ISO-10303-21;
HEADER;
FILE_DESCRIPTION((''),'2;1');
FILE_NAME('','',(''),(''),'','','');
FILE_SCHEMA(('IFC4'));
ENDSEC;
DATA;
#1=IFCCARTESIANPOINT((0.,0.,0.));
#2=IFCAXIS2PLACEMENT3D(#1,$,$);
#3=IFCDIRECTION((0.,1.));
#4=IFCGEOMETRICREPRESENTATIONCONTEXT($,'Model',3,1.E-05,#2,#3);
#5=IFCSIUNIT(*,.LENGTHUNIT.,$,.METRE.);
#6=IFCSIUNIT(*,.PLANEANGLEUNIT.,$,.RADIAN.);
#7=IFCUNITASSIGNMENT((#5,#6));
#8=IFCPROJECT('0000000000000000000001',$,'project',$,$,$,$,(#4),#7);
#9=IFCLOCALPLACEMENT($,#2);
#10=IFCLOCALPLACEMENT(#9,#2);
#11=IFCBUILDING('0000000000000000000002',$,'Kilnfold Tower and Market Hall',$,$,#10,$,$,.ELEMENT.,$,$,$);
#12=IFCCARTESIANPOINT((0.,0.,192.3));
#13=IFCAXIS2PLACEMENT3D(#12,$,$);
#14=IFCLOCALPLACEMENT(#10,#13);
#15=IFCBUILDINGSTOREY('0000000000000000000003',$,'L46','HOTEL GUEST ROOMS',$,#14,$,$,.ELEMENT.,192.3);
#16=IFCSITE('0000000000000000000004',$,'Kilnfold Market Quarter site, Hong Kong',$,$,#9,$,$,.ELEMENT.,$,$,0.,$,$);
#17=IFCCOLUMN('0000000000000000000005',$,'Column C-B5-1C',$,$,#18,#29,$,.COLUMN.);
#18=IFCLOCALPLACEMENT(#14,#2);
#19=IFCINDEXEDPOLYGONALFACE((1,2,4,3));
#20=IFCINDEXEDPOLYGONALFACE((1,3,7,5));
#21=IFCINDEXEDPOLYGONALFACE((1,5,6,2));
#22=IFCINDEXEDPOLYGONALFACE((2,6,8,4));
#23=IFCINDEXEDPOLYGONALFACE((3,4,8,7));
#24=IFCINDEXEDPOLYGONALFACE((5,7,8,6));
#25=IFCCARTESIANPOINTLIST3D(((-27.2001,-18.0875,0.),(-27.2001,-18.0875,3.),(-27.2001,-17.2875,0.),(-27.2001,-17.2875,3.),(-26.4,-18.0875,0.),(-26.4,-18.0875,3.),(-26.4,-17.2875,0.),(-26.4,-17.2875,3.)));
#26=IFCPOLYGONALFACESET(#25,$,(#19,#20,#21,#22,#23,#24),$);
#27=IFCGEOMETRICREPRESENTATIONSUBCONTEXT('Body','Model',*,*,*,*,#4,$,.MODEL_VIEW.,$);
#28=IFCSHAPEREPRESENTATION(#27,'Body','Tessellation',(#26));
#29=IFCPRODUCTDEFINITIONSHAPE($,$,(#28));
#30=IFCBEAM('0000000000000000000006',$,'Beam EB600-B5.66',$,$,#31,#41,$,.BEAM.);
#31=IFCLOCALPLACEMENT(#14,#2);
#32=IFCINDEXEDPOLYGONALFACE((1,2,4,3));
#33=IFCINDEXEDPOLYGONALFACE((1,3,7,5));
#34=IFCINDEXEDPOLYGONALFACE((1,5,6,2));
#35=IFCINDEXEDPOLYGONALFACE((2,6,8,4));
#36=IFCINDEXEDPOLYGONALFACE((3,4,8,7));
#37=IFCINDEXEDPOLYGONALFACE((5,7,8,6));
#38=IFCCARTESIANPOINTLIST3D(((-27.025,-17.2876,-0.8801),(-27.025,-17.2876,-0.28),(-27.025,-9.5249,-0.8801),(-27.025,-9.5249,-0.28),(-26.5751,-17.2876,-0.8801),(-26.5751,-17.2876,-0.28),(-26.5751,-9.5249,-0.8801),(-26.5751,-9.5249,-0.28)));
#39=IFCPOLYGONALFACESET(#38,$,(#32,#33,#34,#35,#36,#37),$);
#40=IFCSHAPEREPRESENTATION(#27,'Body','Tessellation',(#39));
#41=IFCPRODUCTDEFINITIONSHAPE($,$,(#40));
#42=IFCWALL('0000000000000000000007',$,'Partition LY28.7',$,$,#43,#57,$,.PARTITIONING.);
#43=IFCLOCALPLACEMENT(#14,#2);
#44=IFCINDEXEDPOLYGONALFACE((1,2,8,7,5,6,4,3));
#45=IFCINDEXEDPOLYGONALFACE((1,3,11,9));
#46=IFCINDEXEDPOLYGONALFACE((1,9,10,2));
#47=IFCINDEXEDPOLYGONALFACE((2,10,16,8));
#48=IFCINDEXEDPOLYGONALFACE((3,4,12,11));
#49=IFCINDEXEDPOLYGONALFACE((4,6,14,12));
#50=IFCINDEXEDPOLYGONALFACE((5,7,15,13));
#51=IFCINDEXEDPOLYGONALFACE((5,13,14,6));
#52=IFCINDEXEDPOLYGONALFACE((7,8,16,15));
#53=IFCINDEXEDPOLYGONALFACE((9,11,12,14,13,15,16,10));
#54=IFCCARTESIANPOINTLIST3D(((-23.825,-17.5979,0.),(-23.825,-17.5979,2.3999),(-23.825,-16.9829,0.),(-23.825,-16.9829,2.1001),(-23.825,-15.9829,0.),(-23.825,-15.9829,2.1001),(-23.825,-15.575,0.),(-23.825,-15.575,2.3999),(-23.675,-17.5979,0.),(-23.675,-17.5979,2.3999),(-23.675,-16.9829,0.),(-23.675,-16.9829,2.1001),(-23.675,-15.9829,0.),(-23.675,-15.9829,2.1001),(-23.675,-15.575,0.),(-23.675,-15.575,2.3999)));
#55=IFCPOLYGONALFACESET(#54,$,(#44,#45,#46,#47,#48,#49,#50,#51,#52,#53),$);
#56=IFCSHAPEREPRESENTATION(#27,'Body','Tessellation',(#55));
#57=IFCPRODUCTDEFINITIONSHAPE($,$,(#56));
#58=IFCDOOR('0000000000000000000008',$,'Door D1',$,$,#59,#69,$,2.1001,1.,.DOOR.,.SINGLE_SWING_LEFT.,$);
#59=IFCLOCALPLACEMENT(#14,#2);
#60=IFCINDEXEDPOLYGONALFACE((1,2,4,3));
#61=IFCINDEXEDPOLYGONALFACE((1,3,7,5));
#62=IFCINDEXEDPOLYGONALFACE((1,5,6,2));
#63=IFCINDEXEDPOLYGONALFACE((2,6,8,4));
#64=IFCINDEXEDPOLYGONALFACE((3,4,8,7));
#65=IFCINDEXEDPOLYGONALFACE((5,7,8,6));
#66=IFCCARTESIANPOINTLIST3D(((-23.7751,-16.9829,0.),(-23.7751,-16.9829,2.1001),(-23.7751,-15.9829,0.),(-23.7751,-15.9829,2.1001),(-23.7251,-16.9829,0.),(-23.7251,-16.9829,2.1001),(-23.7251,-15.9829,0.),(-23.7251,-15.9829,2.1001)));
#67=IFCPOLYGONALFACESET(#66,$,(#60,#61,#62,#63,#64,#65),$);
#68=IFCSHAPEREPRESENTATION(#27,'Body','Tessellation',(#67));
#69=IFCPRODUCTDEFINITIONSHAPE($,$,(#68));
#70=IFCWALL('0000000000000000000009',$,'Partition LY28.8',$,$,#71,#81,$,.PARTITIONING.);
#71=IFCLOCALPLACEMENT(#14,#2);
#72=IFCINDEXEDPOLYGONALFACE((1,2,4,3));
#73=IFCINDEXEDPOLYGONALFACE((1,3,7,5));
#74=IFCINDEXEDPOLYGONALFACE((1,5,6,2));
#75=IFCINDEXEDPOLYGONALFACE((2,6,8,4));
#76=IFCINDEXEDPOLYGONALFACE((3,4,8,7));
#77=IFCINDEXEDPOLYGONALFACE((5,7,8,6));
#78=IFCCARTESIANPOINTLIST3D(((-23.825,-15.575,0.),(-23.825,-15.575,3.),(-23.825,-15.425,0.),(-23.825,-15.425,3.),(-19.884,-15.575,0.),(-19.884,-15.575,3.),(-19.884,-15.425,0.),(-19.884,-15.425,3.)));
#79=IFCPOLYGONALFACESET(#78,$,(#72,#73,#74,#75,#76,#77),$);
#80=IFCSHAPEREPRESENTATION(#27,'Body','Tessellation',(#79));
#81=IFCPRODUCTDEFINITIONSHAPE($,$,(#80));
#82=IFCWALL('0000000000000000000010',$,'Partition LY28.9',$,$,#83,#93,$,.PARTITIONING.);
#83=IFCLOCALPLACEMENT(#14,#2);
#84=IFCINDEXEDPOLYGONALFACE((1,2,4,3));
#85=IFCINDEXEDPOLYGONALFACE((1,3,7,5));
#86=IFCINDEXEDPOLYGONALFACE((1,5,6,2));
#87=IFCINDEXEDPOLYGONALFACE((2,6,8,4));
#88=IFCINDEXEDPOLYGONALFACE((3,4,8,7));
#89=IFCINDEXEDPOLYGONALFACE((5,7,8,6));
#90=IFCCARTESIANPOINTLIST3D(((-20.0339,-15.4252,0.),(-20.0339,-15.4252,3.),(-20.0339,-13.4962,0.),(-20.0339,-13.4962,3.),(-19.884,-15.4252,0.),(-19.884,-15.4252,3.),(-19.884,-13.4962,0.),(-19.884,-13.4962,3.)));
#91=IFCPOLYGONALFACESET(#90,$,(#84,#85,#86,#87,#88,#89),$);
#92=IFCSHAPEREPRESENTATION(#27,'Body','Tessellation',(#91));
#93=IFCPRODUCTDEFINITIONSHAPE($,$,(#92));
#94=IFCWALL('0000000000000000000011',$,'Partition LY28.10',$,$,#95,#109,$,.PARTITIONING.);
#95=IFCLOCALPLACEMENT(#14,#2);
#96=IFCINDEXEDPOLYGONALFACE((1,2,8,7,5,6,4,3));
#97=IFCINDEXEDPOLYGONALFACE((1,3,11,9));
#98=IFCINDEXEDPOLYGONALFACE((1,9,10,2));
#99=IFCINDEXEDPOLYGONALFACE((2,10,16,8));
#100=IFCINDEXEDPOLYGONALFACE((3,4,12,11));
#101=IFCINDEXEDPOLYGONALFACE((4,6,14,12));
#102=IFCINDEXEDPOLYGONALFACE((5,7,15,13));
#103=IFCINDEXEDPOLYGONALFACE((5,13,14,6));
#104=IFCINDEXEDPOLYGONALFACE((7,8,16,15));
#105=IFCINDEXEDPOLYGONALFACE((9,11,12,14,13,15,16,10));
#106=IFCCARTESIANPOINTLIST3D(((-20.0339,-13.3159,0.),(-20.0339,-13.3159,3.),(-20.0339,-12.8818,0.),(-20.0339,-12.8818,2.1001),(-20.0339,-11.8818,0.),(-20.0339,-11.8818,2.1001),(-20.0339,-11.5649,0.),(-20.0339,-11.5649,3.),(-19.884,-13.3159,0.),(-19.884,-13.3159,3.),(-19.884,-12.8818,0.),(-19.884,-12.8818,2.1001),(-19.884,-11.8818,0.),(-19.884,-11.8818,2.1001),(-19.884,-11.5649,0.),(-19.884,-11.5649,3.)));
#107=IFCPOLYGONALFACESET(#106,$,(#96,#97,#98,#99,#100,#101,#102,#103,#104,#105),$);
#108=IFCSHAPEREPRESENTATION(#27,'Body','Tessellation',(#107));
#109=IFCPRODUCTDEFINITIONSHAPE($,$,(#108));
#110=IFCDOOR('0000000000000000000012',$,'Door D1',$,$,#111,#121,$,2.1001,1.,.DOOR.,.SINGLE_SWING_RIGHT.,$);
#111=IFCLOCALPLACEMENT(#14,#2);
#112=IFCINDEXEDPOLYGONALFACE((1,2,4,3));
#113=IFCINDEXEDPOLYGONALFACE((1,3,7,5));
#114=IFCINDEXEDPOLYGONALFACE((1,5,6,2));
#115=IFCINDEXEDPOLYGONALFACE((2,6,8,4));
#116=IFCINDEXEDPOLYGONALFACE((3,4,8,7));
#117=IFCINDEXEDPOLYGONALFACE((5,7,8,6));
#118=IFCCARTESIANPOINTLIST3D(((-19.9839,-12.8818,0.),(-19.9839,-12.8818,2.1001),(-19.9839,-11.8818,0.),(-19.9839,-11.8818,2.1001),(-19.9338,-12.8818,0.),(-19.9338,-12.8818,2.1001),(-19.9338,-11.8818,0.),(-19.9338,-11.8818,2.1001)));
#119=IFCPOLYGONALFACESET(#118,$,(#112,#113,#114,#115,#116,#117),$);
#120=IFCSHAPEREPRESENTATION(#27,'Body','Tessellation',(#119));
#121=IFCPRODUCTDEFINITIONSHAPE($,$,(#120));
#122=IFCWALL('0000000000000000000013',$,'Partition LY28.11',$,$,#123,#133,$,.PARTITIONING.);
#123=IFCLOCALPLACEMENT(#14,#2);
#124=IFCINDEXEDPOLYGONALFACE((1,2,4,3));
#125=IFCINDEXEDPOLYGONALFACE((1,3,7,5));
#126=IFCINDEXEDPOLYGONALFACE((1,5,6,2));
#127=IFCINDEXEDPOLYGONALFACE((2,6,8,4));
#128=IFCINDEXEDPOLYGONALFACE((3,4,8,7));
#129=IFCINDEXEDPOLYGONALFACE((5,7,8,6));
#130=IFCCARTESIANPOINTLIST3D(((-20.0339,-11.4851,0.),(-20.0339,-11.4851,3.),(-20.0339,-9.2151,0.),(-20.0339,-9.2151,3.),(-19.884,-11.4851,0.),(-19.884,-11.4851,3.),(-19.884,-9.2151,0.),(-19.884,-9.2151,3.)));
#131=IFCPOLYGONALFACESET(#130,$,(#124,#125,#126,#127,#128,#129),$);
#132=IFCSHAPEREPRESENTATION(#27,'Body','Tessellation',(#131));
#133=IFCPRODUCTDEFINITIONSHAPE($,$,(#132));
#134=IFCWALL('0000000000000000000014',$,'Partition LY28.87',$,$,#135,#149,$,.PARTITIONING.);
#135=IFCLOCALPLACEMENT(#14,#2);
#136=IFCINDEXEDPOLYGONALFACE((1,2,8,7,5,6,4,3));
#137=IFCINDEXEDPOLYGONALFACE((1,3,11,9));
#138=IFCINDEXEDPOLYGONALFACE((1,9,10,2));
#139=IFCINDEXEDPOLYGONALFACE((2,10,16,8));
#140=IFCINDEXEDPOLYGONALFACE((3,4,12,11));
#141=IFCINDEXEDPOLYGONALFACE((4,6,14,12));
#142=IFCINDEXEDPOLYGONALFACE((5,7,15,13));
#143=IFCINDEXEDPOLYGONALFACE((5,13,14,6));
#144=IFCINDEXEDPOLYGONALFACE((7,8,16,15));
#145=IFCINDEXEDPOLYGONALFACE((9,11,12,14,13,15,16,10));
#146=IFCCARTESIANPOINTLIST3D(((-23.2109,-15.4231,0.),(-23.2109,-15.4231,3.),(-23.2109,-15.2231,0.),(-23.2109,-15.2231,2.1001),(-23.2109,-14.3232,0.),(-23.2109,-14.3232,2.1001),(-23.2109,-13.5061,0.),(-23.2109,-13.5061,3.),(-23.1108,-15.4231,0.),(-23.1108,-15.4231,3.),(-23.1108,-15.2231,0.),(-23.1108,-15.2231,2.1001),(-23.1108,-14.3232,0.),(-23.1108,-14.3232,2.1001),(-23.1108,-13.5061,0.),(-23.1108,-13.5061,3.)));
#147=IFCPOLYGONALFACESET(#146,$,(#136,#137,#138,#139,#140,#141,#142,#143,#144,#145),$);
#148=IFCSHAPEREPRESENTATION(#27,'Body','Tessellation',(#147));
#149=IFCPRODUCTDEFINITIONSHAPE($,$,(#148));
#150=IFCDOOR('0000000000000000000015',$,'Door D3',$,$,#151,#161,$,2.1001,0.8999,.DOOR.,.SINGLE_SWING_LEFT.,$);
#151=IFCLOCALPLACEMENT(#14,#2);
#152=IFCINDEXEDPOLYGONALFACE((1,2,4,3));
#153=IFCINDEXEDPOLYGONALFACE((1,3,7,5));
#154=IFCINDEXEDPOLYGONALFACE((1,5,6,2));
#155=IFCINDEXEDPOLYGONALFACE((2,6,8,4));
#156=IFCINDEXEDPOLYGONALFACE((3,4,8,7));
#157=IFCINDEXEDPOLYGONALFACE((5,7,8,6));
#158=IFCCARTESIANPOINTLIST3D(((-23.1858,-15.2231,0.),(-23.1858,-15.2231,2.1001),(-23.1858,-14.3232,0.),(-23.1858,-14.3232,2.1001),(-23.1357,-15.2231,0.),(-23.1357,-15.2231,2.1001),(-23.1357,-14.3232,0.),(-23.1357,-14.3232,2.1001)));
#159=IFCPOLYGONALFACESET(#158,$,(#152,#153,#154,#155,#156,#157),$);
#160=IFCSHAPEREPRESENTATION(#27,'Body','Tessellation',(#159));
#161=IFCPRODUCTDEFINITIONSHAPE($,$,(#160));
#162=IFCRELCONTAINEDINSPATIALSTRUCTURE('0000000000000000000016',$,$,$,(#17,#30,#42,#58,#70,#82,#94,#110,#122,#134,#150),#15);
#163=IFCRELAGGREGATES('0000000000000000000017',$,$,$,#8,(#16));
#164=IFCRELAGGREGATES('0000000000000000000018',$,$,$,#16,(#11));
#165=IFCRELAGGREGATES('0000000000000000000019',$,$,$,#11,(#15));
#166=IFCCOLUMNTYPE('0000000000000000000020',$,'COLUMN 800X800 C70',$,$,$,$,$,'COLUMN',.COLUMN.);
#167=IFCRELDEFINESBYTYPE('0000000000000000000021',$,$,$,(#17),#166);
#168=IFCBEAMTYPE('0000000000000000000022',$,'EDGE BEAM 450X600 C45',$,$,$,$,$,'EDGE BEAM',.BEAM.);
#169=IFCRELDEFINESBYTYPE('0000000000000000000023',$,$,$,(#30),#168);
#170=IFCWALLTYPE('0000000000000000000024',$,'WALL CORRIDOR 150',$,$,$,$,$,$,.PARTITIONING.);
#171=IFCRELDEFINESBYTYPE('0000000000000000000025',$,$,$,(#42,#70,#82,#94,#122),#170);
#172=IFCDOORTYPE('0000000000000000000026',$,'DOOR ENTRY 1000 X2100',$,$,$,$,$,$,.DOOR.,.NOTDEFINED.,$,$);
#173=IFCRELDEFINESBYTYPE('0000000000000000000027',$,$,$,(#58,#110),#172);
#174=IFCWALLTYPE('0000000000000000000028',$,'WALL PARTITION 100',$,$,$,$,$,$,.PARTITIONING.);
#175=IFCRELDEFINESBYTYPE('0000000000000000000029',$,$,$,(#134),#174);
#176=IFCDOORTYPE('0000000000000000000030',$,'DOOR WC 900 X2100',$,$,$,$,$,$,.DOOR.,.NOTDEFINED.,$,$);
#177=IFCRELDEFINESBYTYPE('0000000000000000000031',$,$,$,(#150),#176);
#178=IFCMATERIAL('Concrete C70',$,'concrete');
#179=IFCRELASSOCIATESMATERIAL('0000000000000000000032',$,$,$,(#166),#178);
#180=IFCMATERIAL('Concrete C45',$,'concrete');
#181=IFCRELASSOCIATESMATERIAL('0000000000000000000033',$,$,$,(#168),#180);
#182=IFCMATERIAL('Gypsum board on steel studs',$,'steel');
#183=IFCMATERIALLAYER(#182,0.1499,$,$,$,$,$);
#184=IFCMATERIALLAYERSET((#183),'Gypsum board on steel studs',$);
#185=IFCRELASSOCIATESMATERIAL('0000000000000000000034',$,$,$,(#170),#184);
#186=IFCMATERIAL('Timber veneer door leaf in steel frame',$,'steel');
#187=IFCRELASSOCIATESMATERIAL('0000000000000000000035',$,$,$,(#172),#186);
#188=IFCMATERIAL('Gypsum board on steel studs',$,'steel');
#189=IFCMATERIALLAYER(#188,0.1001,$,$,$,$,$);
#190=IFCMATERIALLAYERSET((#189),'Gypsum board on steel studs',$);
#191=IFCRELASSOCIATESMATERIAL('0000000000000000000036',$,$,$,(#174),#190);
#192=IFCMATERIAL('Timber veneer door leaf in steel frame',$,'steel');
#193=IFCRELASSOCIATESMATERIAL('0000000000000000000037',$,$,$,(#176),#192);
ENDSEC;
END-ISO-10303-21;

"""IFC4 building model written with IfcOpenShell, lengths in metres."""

from ifc_helpers import new_model, si_unit, direction, frame, frame_2d, origin, origin_2d, place, context, subcontext, project, spatial, rectangle, extrude, source, transform, mapped, material, layer, layer_set, material_profile, profile_set, type_object, element, fill, save


model = new_model("IFC4")

# Units and contexts
model_context = context("Model", 3, precision=1e-05, world=origin(), true_north=direction((0.0, 1.0)))
body_context = subcontext(model_context, "Body", "Model", "MODEL_VIEW")
ifc_project = project(units=[si_unit("LENGTHUNIT", "METRE"), si_unit("PLANEANGLEUNIT", "RADIAN")], contexts=[model_context])

# Site, building, storey
site_placement = place(None, origin())
site = spatial("IfcSite", under=ifc_project, at=site_placement, Name="Kilnfold Market Quarter site, Hong Kong", CompositionType="ELEMENT", RefElevation=0.0)
building_placement = place(site_placement, origin())
building = spatial("IfcBuilding", under=site, at=building_placement, Name="Kilnfold Tower and Market Hall", CompositionType="ELEMENT")
storey_placement = place(building_placement, frame((0.0, 0.0, 192.3)))
storey = spatial("IfcBuildingStorey", under=building, at=storey_placement, Name="L46", Description="HOTEL GUEST ROOMS", CompositionType="ELEMENT", Elevation=192.3)

# Column
ifc_material_1 = material(Name="Concrete C70", Category="concrete")
ifc_material_profile_1 = material_profile(ifc_material_1, rectangle(XDim=0.8, YDim=0.8, at=origin_2d()), Name="RC 800x800")
ifc_profile_set_1 = profile_set([ifc_material_profile_1], Name="Concrete C70")
column_type = type_object("IfcColumnType", Name="COLUMN 800X800 C70", ElementType="COLUMN", PredefinedType="COLUMN", material=ifc_profile_set_1)
shared_shape_1 = source(origin(), body_context, "Body", "SweptSolid", [
    extrude(rectangle(XDim=0.8, YDim=0.8, at=origin_2d()), origin(), (0.0, 0.0, 1.0), 3.0),
])
column_placement = place(storey_placement, frame((-26.8, -17.6875, 0.0), z_axis=(0.0, 0.0, 1.0), x_axis=(1.0, 0.0, 0.0)))
element("IfcColumn", 1, at=column_placement, inside=storey, type_object=column_type, Name="Column C-B5-1C", PredefinedType="COLUMN", context=body_context, shape_type="MappedRepresentation", body=[
    mapped(shared_shape_1, transform((0.0, 0.0, 0.0))),
])

# Beam
ifc_material_2 = material(Name="Concrete C45", Category="concrete")
ifc_material_profile_2 = material_profile(ifc_material_2, rectangle(XDim=0.45, YDim=0.6001, at=origin_2d()), Name="RC 450x600")
ifc_profile_set_2 = profile_set([ifc_material_profile_2], Name="Concrete C45")
beam_type = type_object("IfcBeamType", Name="EDGE BEAM 450X600 C45", ElementType="EDGE BEAM", PredefinedType="BEAM", material=ifc_profile_set_2)
shared_shape_2 = source(origin(), body_context, "Body", "SweptSolid", [
    extrude(rectangle(XDim=0.45, YDim=0.6001, at=origin_2d()), origin(), (0.0, 0.0, 1.0), 7.7627),
])
beam_placement = place(storey_placement, frame((-26.8, -17.2876, -0.5801), z_axis=(0.0, 1.0, 0.0), x_axis=(-1.0, 0.0, 0.0)))
element("IfcBeam", 2, at=beam_placement, inside=storey, type_object=beam_type, Name="Beam EB600-B5.66", PredefinedType="BEAM", context=body_context, shape_type="MappedRepresentation", body=[
    mapped(shared_shape_2, transform((0.0, 0.0, 0.0))),
])

# Wall, opening, door
ifc_material_3 = material(Name="Gypsum board on steel studs", Category="steel")
ifc_layer_1 = layer(ifc_material_3, 0.1499)
ifc_layer_set_1 = layer_set([ifc_layer_1], Name="Gypsum board on steel studs")
wall_type_1 = type_object("IfcWallType", Name="WALL CORRIDOR 150", PredefinedType="PARTITIONING", material=ifc_layer_set_1)
wall_1_placement = place(storey_placement, frame((-23.75, -15.575, 0.0), z_axis=(0.0, 0.0, 1.0), x_axis=(0.0, -1.0, 0.0)))
wall_1 = element("IfcWall", 3, at=wall_1_placement, inside=storey, type_object=wall_type_1, Name="Partition LY28.7", PredefinedType="PARTITIONING", context=body_context, shape_type="SweptSolid", body=[
    extrude(rectangle(XDim=2.0229, YDim=0.1499, at=frame_2d((1.0115, 0.0))), origin(), (0.0, 0.0, 1.0), 2.3999),
])
opening_1_placement = place(wall_1_placement, frame((0.408, 0.0, 0.0)))
opening_1 = element("IfcOpeningElement", 4, at=opening_1_placement, cuts=wall_1, PredefinedType="OPENING", context=body_context, shape_type="SweptSolid", body=[
    extrude(rectangle(XDim=1.0, YDim=2.1001, at=frame_2d((0.5, 1.05))), frame((0.0, 0.085, 0.0), z_axis=(0.0, -1.0, 0.0), x_axis=(1.0, 0.0, 0.0)), (0.0, 0.0, 1.0), 0.1699),
])
ifc_material_4 = material(Name="Timber veneer door leaf in steel frame", Category="steel")
door_type_1 = type_object("IfcDoorType", Name="DOOR ENTRY 1000 X2100", OperationType="NOTDEFINED", PredefinedType="DOOR", material=ifc_material_4)
door_1_placement = place(opening_1_placement, origin())
door_1 = element("IfcDoor", 5, at=door_1_placement, inside=storey, type_object=door_type_1, Name="Door D1", OperationType="SINGLE_SWING_LEFT", OverallHeight=2.1001, OverallWidth=1.0, PredefinedType="DOOR", context=body_context, shape_type="SweptSolid", body=[
    extrude(rectangle(XDim=1.0, YDim=2.1001, at=frame_2d((0.5, 1.05))), frame((0.0, 0.0249, 0.0), z_axis=(0.0, -1.0, 0.0), x_axis=(1.0, 0.0, 0.0)), (0.0, 0.0, 1.0), 0.05),
])
fill(opening_1, door_1)

# Walls
wall_2_placement = place(storey_placement, frame((-23.825, -15.5, 0.0), z_axis=(0.0, 0.0, 1.0), x_axis=(1.0, 0.0, 0.0)))
element("IfcWall", 6, at=wall_2_placement, inside=storey, type_object=wall_type_1, Name="Partition LY28.8", PredefinedType="PARTITIONING", context=body_context, shape_type="SweptSolid", body=[
    extrude(rectangle(XDim=3.9409, YDim=0.1499, at=frame_2d((1.9705, 0.0))), origin(), (0.0, 0.0, 1.0), 3.0),
])
wall_3_placement = place(storey_placement, frame((-19.959, -15.425, 0.0), z_axis=(0.0, 0.0, 1.0), x_axis=(0.0, 1.0, 0.0)))
element("IfcWall", 7, at=wall_3_placement, inside=storey, type_object=wall_type_1, Name="Partition LY28.9", PredefinedType="PARTITIONING", context=body_context, shape_type="SweptSolid", body=[
    extrude(rectangle(XDim=1.929, YDim=0.1499, at=frame_2d((0.9644, 0.0))), origin(), (0.0, 0.0, 1.0), 3.0),
])

# Wall, opening, door
wall_4_placement = place(storey_placement, frame((-19.959, -13.3159, 0.0), z_axis=(0.0, 0.0, 1.0), x_axis=(0.0, 1.0, 0.0)))
wall_4 = element("IfcWall", 8, at=wall_4_placement, inside=storey, type_object=wall_type_1, Name="Partition LY28.10", PredefinedType="PARTITIONING", context=body_context, shape_type="SweptSolid", body=[
    extrude(rectangle(XDim=1.751, YDim=0.1499, at=frame_2d((0.8755, 0.0))), origin(), (0.0, 0.0, 1.0), 3.0),
])
opening_2_placement = place(wall_4_placement, frame((0.4341, 0.0, 0.0)))
opening_2 = element("IfcOpeningElement", 9, at=opening_2_placement, cuts=wall_4, PredefinedType="OPENING", context=body_context, shape_type="SweptSolid", body=[
    extrude(rectangle(XDim=1.0, YDim=2.1001, at=frame_2d((0.5, 1.05))), frame((0.0, 0.085, 0.0), z_axis=(0.0, -1.0, 0.0), x_axis=(1.0, 0.0, 0.0)), (0.0, 0.0, 1.0), 0.1699),
])
door_2_placement = place(opening_2_placement, origin())
door_2 = element("IfcDoor", 10, at=door_2_placement, inside=storey, type_object=door_type_1, Name="Door D1", OperationType="SINGLE_SWING_RIGHT", OverallHeight=2.1001, OverallWidth=1.0, PredefinedType="DOOR", context=body_context, shape_type="SweptSolid", body=[
    extrude(rectangle(XDim=1.0, YDim=2.1001, at=frame_2d((0.5, 1.05))), frame((0.0, 0.0249, 0.0), z_axis=(0.0, -1.0, 0.0), x_axis=(1.0, 0.0, 0.0)), (0.0, 0.0, 1.0), 0.05),
])
fill(opening_2, door_2)

# Wall
wall_5_placement = place(storey_placement, frame((-19.959, -11.4851, 0.0), z_axis=(0.0, 0.0, 1.0), x_axis=(0.0, 1.0, 0.0)))
element("IfcWall", 11, at=wall_5_placement, inside=storey, type_object=wall_type_1, Name="Partition LY28.11", PredefinedType="PARTITIONING", context=body_context, shape_type="SweptSolid", body=[
    extrude(rectangle(XDim=2.27, YDim=0.1499, at=frame_2d((1.135, 0.0))), origin(), (0.0, 0.0, 1.0), 3.0),
])

# Wall, opening, door
ifc_material_5 = material(Name="Gypsum board on steel studs", Category="steel")
ifc_layer_2 = layer(ifc_material_5, 0.1001)
ifc_layer_set_2 = layer_set([ifc_layer_2], Name="Gypsum board on steel studs")
wall_type_2 = type_object("IfcWallType", Name="WALL PARTITION 100", PredefinedType="PARTITIONING", material=ifc_layer_set_2)
wall_6_placement = place(storey_placement, frame((-23.1609, -15.4231, 0.0), z_axis=(0.0, 0.0, 1.0), x_axis=(0.0, 1.0, 0.0)))
wall_6 = element("IfcWall", 12, at=wall_6_placement, inside=storey, type_object=wall_type_2, Name="Partition LY28.87", PredefinedType="PARTITIONING", context=body_context, shape_type="SweptSolid", body=[
    extrude(rectangle(XDim=1.917, YDim=0.1001, at=frame_2d((0.9585, 0.0))), origin(), (0.0, 0.0, 1.0), 3.0),
])
opening_3_placement = place(wall_6_placement, frame((0.2, 0.0, 0.0)))
opening_3 = element("IfcOpeningElement", 13, at=opening_3_placement, cuts=wall_6, PredefinedType="OPENING", context=body_context, shape_type="SweptSolid", body=[
    extrude(rectangle(XDim=0.8999, YDim=2.1001, at=frame_2d((0.45, 1.05))), frame((0.0, 0.0601, 0.0), z_axis=(0.0, -1.0, 0.0), x_axis=(1.0, 0.0, 0.0)), (0.0, 0.0, 1.0), 0.1201),
])
ifc_material_6 = material(Name="Timber veneer door leaf in steel frame", Category="steel")
door_type_2 = type_object("IfcDoorType", Name="DOOR WC 900 X2100", OperationType="NOTDEFINED", PredefinedType="DOOR", material=ifc_material_6)
door_3_placement = place(opening_3_placement, origin())
door_3 = element("IfcDoor", 14, at=door_3_placement, inside=storey, type_object=door_type_2, Name="Door D3", OperationType="SINGLE_SWING_LEFT", OverallHeight=2.1001, OverallWidth=0.8999, PredefinedType="DOOR", context=body_context, shape_type="SweptSolid", body=[
    extrude(rectangle(XDim=0.8999, YDim=2.1001, at=frame_2d((0.45, 1.05))), frame((0.0, 0.0249, 0.0), z_axis=(0.0, -1.0, 0.0), x_axis=(1.0, 0.0, 0.0)), (0.0, 0.0, 1.0), 0.05),
])
fill(opening_3, door_3)

save(model, "model.ifc")
